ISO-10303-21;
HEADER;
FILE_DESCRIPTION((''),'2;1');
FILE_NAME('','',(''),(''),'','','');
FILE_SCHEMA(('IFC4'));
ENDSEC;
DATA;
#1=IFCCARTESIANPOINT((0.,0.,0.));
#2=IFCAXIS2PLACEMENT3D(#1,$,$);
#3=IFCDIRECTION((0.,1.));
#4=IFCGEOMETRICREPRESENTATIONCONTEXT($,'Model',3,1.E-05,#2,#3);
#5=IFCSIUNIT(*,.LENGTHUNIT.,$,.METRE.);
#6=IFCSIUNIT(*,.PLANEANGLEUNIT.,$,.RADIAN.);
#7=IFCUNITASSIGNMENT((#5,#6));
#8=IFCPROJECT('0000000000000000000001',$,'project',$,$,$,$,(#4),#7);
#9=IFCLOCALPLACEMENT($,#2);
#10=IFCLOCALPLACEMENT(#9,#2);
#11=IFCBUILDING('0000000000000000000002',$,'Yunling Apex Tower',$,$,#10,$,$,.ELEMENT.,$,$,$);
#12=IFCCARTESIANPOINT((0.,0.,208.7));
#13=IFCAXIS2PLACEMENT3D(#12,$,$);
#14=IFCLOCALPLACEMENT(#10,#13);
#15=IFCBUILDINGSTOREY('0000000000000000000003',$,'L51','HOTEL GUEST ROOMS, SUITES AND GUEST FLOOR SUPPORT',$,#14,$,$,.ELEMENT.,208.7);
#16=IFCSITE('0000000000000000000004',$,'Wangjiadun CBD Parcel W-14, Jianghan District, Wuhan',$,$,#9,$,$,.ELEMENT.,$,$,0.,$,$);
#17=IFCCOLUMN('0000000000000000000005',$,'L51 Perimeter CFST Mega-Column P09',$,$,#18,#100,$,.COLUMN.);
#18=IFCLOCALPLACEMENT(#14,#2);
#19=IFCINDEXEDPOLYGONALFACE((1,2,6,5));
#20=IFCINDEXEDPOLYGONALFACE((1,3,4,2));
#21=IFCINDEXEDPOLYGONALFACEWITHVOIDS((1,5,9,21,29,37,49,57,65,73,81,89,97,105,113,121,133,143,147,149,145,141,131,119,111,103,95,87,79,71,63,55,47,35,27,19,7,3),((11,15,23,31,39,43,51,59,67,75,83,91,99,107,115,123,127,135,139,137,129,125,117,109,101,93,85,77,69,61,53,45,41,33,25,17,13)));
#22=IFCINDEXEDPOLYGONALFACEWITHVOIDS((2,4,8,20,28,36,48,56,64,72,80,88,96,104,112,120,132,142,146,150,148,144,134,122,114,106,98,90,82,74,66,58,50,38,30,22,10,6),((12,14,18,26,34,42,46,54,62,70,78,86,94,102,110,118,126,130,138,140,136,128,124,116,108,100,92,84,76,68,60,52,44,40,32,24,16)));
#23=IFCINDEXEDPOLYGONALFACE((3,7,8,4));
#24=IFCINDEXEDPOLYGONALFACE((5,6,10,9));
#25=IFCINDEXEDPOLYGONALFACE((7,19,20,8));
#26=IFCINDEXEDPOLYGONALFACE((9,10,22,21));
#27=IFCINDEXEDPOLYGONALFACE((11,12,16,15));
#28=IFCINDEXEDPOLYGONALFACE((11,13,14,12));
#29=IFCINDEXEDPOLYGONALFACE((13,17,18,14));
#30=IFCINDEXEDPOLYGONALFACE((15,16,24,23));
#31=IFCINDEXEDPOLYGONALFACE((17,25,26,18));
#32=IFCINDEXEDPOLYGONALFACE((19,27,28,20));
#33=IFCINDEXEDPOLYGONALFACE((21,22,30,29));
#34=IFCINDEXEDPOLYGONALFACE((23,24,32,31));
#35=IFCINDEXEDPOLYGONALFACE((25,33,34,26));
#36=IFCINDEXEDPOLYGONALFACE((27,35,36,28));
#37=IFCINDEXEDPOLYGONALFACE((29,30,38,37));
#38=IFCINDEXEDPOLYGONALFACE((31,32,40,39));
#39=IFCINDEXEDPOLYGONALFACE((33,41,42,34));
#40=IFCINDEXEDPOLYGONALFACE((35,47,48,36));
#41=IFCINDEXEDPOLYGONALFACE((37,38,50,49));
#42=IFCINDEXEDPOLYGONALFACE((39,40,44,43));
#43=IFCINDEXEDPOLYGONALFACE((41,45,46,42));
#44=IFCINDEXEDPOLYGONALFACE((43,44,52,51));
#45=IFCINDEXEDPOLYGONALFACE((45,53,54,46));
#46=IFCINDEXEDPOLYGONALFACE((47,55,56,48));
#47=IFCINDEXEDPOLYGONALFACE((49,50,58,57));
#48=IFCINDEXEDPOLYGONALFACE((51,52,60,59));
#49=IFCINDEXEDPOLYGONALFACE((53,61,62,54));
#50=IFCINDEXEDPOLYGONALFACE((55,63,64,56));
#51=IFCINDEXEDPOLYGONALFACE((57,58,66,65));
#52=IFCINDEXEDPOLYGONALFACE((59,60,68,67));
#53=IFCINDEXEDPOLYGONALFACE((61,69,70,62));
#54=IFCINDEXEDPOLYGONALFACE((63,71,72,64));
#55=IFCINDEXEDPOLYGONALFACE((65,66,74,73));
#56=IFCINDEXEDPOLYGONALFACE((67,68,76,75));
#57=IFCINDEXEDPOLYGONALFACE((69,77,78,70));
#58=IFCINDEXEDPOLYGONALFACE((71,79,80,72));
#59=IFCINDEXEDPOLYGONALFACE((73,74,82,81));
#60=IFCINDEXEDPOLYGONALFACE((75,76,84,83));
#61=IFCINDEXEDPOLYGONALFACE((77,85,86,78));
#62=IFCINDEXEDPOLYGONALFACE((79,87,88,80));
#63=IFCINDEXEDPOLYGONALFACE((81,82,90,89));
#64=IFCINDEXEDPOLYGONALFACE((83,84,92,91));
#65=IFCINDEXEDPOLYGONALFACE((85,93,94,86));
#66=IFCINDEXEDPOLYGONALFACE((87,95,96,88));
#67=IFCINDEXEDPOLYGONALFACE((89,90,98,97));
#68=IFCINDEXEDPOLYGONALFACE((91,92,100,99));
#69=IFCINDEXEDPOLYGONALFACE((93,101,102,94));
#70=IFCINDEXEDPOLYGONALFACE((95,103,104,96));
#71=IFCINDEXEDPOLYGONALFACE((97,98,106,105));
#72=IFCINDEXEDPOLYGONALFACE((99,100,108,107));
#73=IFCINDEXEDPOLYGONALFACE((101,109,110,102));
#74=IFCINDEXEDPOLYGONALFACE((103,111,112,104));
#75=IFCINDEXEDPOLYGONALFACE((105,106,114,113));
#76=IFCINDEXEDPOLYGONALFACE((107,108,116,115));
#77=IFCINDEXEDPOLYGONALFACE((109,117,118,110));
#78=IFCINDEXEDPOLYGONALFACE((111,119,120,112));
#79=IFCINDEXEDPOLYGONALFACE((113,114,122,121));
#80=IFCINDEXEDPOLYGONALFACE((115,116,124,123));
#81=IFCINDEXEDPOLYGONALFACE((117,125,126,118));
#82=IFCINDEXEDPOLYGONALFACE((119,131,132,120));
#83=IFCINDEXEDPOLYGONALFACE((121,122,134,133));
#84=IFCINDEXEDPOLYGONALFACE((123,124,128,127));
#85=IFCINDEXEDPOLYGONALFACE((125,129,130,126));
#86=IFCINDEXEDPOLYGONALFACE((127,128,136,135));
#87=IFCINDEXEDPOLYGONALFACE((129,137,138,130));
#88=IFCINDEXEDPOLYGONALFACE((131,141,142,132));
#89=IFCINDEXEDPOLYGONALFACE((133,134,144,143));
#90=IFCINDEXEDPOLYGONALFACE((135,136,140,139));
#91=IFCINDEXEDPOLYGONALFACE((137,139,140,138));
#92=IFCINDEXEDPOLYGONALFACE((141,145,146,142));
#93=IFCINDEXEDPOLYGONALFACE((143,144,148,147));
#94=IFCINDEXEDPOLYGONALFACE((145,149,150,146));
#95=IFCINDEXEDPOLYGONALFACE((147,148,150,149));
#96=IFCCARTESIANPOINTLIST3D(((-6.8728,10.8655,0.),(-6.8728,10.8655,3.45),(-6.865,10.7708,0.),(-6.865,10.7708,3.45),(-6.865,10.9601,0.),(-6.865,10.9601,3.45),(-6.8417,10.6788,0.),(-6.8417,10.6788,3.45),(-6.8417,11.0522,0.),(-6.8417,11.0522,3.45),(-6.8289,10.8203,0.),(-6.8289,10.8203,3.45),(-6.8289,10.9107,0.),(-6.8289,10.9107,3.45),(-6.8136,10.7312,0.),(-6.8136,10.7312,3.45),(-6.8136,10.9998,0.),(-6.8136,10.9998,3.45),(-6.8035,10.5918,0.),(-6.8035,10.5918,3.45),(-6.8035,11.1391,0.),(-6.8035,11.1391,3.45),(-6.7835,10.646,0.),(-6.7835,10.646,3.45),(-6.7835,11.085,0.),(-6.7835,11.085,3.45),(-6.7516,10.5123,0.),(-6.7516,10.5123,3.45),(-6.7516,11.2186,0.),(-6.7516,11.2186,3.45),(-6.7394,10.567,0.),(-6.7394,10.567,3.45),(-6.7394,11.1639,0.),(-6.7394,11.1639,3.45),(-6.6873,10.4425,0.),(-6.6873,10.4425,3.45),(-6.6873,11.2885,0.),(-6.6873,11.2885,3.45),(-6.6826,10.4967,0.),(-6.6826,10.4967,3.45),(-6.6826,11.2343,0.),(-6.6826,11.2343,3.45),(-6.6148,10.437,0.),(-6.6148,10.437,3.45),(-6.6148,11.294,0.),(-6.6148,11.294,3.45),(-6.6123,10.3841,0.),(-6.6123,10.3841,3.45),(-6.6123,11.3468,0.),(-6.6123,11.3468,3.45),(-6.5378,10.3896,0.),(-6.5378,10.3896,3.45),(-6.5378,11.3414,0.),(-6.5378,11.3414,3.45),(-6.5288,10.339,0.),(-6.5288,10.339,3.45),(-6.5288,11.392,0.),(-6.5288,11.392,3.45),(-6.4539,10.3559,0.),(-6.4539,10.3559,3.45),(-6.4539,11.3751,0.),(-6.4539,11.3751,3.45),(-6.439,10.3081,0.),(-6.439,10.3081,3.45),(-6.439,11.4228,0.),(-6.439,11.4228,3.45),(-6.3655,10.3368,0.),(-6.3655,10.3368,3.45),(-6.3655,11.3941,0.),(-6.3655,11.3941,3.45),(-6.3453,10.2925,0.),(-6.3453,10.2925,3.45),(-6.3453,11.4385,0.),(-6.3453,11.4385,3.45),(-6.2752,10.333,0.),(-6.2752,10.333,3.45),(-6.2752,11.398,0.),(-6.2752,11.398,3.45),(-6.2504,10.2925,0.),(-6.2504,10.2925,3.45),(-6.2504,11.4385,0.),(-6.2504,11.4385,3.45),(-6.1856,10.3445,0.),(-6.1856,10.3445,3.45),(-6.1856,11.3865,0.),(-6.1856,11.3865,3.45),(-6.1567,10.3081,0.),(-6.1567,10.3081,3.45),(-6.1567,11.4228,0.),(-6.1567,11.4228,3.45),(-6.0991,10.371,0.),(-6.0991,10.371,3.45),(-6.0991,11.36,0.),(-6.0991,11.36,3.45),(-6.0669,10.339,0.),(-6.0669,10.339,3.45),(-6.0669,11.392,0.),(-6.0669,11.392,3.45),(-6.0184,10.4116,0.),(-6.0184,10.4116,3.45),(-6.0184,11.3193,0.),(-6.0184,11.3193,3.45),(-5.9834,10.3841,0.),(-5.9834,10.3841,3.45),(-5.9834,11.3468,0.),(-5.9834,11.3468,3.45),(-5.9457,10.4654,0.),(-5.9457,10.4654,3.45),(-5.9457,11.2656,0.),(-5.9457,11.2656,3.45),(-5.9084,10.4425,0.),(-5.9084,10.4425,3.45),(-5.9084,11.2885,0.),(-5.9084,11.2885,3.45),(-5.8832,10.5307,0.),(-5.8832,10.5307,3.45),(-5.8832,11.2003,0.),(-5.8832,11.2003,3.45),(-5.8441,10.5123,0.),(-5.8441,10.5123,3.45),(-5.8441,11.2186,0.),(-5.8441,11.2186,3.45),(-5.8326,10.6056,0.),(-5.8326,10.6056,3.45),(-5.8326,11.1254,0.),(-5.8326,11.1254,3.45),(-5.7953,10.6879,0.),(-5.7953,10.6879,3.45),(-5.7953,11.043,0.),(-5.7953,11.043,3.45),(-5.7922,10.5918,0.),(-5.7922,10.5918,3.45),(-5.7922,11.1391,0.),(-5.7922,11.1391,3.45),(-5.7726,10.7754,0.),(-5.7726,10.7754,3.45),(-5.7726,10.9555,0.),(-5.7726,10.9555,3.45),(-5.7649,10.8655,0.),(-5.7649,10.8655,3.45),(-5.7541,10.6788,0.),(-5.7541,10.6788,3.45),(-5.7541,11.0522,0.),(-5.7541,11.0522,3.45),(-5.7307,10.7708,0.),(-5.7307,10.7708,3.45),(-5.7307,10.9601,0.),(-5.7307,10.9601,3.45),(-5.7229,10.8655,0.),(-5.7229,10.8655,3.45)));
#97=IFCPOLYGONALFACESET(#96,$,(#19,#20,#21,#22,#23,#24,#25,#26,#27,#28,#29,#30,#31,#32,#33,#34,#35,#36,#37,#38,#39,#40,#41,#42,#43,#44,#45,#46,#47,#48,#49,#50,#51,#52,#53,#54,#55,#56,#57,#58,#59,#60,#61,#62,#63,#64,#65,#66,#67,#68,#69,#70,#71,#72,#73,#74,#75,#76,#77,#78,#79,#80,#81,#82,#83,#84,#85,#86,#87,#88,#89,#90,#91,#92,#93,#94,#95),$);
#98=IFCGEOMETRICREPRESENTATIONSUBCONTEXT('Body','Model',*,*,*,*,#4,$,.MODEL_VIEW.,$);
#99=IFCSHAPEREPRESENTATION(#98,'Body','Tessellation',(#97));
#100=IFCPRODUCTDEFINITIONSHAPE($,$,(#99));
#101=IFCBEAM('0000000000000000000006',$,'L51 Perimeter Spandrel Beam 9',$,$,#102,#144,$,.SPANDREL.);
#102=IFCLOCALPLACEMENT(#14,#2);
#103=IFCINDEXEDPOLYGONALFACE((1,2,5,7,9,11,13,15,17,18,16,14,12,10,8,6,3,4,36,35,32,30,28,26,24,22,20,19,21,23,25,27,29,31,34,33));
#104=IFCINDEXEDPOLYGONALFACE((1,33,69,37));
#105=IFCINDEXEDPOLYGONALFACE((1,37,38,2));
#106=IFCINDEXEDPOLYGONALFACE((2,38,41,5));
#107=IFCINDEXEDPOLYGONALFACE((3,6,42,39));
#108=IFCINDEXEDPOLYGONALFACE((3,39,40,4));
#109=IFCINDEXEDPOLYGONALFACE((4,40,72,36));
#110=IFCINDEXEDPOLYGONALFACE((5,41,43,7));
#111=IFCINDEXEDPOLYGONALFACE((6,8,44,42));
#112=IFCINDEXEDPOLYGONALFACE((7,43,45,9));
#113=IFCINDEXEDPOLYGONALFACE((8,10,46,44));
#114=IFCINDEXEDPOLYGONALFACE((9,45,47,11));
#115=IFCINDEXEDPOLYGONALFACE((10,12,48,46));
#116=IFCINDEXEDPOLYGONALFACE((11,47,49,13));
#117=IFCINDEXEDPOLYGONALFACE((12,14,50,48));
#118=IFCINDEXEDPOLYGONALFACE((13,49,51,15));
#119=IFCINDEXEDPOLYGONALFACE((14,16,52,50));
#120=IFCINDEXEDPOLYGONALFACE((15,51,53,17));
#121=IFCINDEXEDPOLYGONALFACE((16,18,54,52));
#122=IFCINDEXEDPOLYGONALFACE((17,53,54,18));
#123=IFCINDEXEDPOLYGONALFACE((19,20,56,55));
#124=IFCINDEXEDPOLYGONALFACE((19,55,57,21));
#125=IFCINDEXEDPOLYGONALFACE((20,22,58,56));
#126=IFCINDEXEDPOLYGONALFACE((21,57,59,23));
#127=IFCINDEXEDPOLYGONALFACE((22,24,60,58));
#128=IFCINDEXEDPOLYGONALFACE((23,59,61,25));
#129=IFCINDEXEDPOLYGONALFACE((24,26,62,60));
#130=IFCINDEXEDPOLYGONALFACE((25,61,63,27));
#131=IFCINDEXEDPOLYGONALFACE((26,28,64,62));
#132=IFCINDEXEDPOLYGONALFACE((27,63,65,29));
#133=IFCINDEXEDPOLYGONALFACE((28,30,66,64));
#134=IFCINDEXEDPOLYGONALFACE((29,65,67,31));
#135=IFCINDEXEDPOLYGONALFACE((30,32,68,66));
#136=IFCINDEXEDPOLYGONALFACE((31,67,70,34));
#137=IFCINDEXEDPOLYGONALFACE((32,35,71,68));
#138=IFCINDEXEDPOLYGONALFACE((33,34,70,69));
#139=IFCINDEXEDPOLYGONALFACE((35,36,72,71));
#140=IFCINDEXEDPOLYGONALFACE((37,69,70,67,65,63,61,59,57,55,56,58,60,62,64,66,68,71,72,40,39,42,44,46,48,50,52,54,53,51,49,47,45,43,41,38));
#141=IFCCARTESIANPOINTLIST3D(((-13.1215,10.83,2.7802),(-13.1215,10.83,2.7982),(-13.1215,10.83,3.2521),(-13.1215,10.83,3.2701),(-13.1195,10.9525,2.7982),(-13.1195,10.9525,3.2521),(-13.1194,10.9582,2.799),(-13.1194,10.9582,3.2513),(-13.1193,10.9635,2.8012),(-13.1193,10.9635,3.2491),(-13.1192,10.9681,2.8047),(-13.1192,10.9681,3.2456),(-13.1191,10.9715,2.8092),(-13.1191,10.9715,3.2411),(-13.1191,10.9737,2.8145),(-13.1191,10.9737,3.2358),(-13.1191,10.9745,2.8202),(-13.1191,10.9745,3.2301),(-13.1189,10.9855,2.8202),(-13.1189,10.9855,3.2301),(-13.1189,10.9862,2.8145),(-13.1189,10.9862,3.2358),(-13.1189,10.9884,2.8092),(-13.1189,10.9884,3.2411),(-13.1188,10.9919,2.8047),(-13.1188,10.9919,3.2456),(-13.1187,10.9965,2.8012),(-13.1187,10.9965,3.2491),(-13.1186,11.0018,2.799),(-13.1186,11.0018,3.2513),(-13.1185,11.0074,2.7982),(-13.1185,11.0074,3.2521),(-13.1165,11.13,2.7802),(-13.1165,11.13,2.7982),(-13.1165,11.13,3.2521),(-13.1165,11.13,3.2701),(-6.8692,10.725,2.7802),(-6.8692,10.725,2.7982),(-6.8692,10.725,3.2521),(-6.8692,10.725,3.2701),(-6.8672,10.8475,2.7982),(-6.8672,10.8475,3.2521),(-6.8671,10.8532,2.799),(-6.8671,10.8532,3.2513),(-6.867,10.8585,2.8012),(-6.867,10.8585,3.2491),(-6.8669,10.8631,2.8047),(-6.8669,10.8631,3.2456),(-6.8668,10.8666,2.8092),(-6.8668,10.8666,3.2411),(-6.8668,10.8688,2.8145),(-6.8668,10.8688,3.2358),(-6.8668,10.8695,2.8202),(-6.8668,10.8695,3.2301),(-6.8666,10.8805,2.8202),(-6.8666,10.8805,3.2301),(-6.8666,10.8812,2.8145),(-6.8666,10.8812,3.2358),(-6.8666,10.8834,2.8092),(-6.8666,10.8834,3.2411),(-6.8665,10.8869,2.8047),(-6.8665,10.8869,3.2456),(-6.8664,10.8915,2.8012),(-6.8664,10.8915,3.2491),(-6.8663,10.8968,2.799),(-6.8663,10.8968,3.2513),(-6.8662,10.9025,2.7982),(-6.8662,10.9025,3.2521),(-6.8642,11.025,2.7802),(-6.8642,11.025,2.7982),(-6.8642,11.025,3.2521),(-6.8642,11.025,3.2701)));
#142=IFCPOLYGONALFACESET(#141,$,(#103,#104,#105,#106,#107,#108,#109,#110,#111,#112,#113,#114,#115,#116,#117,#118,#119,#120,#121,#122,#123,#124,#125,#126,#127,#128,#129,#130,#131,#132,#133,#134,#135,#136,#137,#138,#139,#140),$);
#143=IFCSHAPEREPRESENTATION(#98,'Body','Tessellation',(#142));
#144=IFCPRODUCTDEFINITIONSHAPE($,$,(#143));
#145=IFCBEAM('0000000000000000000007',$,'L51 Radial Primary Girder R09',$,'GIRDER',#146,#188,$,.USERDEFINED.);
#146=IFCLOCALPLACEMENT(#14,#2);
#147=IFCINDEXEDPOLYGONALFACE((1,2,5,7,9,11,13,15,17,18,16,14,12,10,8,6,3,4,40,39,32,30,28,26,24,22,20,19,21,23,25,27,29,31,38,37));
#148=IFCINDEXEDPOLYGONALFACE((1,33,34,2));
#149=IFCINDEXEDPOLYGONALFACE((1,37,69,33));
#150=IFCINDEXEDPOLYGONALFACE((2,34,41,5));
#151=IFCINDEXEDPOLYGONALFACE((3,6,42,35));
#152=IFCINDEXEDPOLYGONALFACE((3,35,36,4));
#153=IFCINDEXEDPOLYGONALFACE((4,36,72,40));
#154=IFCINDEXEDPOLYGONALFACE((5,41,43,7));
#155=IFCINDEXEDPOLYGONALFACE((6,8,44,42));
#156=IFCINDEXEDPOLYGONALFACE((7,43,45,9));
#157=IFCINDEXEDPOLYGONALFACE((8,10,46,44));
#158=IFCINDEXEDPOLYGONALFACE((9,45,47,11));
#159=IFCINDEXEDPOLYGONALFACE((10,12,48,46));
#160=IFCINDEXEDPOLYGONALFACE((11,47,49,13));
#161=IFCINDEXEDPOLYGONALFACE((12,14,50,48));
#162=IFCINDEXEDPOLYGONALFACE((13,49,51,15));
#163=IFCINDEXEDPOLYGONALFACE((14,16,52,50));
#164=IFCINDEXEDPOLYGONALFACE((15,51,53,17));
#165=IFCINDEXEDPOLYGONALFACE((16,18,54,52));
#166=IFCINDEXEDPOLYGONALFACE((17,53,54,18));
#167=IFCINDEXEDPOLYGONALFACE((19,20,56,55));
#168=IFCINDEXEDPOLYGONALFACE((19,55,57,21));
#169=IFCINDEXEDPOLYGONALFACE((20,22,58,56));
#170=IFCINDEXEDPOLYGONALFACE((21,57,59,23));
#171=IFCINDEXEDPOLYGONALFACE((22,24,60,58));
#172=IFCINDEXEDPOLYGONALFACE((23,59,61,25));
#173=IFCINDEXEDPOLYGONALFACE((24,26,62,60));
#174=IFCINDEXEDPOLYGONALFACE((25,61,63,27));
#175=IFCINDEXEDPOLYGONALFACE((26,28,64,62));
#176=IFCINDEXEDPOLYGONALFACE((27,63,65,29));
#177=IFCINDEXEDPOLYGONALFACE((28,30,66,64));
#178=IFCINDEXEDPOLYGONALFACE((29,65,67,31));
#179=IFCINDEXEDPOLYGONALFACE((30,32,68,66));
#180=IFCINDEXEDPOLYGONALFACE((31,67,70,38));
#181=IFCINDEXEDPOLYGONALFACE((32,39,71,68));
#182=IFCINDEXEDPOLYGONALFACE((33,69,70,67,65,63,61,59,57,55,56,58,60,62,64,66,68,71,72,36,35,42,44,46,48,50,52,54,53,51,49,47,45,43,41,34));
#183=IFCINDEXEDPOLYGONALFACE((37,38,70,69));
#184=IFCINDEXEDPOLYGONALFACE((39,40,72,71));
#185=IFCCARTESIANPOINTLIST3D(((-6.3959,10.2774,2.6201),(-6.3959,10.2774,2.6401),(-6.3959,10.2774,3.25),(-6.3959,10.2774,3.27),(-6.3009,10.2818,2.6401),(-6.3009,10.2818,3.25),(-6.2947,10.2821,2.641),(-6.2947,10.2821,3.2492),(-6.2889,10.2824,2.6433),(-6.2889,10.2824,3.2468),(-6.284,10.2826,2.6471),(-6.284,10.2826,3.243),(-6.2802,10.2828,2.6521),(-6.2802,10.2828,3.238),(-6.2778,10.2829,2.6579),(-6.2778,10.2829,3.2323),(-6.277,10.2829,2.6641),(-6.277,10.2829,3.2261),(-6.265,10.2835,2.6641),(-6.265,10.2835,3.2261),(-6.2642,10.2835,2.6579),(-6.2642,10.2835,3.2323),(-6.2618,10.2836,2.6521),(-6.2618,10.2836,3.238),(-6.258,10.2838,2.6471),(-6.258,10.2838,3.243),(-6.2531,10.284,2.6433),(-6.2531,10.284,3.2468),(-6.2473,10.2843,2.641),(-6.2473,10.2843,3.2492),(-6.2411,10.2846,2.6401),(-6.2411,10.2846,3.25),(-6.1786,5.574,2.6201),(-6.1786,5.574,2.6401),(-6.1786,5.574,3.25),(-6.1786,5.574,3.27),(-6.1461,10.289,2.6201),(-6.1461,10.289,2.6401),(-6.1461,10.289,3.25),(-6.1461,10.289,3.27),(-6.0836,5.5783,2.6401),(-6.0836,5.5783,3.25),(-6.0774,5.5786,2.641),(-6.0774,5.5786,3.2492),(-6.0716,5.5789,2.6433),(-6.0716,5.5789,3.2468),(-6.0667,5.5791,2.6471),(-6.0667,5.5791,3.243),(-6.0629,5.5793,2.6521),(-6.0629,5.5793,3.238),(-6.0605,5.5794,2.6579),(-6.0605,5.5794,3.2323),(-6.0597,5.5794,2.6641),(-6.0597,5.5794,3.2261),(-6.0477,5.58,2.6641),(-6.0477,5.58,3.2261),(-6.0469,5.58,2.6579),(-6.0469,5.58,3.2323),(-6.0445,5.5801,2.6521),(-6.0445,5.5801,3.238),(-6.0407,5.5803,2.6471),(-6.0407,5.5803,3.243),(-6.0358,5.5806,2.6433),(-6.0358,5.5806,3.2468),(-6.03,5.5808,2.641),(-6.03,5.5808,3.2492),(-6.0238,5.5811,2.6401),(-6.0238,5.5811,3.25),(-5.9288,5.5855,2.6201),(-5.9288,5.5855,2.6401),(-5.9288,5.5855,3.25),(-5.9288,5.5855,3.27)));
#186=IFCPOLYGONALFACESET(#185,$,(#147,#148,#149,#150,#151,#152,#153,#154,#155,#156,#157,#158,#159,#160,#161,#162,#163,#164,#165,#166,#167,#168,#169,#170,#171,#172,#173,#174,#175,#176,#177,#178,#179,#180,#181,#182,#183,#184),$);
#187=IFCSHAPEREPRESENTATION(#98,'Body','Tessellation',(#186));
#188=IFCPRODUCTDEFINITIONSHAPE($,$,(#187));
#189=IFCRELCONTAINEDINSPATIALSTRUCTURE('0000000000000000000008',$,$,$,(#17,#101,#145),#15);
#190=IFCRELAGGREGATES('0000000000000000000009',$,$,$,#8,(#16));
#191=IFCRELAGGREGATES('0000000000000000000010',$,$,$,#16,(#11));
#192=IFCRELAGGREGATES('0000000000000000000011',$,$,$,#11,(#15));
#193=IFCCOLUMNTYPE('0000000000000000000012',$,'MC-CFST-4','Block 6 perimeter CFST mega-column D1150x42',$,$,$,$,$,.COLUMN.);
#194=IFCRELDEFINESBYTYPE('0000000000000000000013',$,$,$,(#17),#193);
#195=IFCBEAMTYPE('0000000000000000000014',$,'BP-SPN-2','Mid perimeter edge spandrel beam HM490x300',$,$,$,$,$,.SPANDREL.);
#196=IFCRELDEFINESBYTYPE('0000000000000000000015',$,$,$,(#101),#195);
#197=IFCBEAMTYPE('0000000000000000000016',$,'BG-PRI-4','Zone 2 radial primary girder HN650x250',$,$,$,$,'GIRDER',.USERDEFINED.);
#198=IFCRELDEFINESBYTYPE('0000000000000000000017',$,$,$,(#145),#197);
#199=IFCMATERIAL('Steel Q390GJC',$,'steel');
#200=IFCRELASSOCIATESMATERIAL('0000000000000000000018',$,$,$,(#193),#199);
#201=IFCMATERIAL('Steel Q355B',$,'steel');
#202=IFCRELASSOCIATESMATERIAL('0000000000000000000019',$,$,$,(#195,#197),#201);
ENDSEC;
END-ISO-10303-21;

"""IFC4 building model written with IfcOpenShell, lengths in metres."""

from ifc_helpers import new_model, si_unit, direction, frame, origin, origin_2d, place, context, subcontext, project, spatial, hollow_circle, i_section, extrude, source, transform, mapped, material, material_profile, profile_set, type_object, element, save


model = new_model("IFC4")

# Units and contexts
model_context = context("Model", 3, precision=1e-05, world=origin(), true_north=direction((0.0, 1.0)))
body_context = subcontext(model_context, "Body", "Model", "MODEL_VIEW")
ifc_project = project(units=[si_unit("LENGTHUNIT", "METRE"), si_unit("PLANEANGLEUNIT", "RADIAN")], contexts=[model_context])

# Site, building, storey
site_placement = place(None, origin())
site = spatial("IfcSite", under=ifc_project, at=site_placement, Name="Wangjiadun CBD Parcel W-14, Jianghan District, Wuhan", CompositionType="ELEMENT", RefElevation=0.0)
building_placement = place(site_placement, origin())
building = spatial("IfcBuilding", under=site, at=building_placement, Name="Yunling Apex Tower", CompositionType="ELEMENT")
storey_placement = place(building_placement, frame((0.0, 0.0, 208.7)))
storey = spatial("IfcBuildingStorey", under=building, at=storey_placement, Name="L51", Description="HOTEL GUEST ROOMS, SUITES AND GUEST FLOOR SUPPORT", CompositionType="ELEMENT", Elevation=208.7)

# Column
ifc_material_1 = material(Name="Steel Q390GJC", Category="steel")
ifc_material_profile_1 = material_profile(ifc_material_1, hollow_circle(Radius=0.575, WallThickness=0.042, at=origin_2d()))
ifc_profile_set_1 = profile_set([ifc_material_profile_1], Name="Steel Q390GJC")
column_type = type_object("IfcColumnType", Name="MC-CFST-4", Description="Block 6 perimeter CFST mega-column D1150x42", PredefinedType="COLUMN", material=ifc_profile_set_1)
shared_shape_1 = source(origin(), body_context, "Body", "SweptSolid", [
    extrude(hollow_circle(Radius=0.575, WallThickness=0.042, at=origin_2d()), origin(), (0.0, 0.0, 1.0), 3.45),
])
column_placement = place(storey_placement, frame((-6.2979, 10.8655, 0.0), z_axis=(0.0, 0.0, 1.0), x_axis=(1.0, 0.0, 0.0)))
element("IfcColumn", 1, at=column_placement, inside=storey, type_object=column_type, Name="L51 Perimeter CFST Mega-Column P09", PredefinedType="COLUMN", context=body_context, shape_type="MappedRepresentation", body=[
    mapped(shared_shape_1, transform((0.0, 0.0, 0.0), scale=1.0)),
])

# Beams
ifc_material_2 = material(Name="Steel Q355B", Category="steel")
ifc_material_profile_2 = material_profile(ifc_material_2, i_section(OverallWidth=0.3, OverallDepth=0.49, WebThickness=0.011, FlangeThickness=0.0181, FilletRadius=0.022, at=origin_2d()))
ifc_profile_set_2 = profile_set([ifc_material_profile_2], Name="Steel Q355B")
beam_type_1 = type_object("IfcBeamType", Name="BP-SPN-2", Description="Mid perimeter edge spandrel beam HM490x300", PredefinedType="SPANDREL", material=ifc_profile_set_2)
shared_shape_2 = source(origin(), body_context, "Body", "SweptSolid", [
    extrude(i_section(OverallWidth=0.3, OverallDepth=0.49, WebThickness=0.011, FlangeThickness=0.0181, FilletRadius=0.022, at=origin_2d()), origin(), (0.0, 0.0, 1.0), 6.2532),
])
beam_1_placement = place(storey_placement, frame((-6.8667, 10.875, 3.0251), z_axis=(-0.999859, 0.016789, 0.0), x_axis=(-0.016789, -0.999859, 0.0)))
element("IfcBeam", 2, at=beam_1_placement, inside=storey, type_object=beam_type_1, Name="L51 Perimeter Spandrel Beam 9", PredefinedType="SPANDREL", context=body_context, shape_type="MappedRepresentation", body=[
    mapped(shared_shape_2, transform((0.0, 0.0, 0.0), scale=1.0)),
])
ifc_material_profile_3 = material_profile(ifc_material_2, i_section(OverallWidth=0.25, OverallDepth=0.6499, WebThickness=0.012, FlangeThickness=0.02, FilletRadius=0.0239, at=origin_2d()))
ifc_profile_set_3 = profile_set([ifc_material_profile_3], Name="Steel Q355B")
beam_type_2 = type_object("IfcBeamType", Name="BG-PRI-4", Description="Zone 2 radial primary girder HN650x250", ElementType="GIRDER", PredefinedType="USERDEFINED", material=ifc_profile_set_3)
shared_shape_3 = source(origin(), body_context, "Body", "SweptSolid", [
    extrude(i_section(OverallWidth=0.25, OverallDepth=0.6499, WebThickness=0.012, FlangeThickness=0.02, FilletRadius=0.0239, at=origin_2d()), origin(), (0.0, 0.0, 1.0), 4.7085),
])
beam_2_placement = place(storey_placement, frame((-6.271, 10.2832, 2.9451), z_axis=(0.046149, -0.998935, 0.0), x_axis=(0.998935, 0.046149, 0.0)))
element("IfcBeam", 3, at=beam_2_placement, inside=storey, type_object=beam_type_2, Name="L51 Radial Primary Girder R09", ObjectType="GIRDER", PredefinedType="USERDEFINED", context=body_context, shape_type="MappedRepresentation", body=[
    mapped(shared_shape_3, transform((0.0, 0.0, 0.0), scale=1.0)),
])

save(model, "model.ifc")
